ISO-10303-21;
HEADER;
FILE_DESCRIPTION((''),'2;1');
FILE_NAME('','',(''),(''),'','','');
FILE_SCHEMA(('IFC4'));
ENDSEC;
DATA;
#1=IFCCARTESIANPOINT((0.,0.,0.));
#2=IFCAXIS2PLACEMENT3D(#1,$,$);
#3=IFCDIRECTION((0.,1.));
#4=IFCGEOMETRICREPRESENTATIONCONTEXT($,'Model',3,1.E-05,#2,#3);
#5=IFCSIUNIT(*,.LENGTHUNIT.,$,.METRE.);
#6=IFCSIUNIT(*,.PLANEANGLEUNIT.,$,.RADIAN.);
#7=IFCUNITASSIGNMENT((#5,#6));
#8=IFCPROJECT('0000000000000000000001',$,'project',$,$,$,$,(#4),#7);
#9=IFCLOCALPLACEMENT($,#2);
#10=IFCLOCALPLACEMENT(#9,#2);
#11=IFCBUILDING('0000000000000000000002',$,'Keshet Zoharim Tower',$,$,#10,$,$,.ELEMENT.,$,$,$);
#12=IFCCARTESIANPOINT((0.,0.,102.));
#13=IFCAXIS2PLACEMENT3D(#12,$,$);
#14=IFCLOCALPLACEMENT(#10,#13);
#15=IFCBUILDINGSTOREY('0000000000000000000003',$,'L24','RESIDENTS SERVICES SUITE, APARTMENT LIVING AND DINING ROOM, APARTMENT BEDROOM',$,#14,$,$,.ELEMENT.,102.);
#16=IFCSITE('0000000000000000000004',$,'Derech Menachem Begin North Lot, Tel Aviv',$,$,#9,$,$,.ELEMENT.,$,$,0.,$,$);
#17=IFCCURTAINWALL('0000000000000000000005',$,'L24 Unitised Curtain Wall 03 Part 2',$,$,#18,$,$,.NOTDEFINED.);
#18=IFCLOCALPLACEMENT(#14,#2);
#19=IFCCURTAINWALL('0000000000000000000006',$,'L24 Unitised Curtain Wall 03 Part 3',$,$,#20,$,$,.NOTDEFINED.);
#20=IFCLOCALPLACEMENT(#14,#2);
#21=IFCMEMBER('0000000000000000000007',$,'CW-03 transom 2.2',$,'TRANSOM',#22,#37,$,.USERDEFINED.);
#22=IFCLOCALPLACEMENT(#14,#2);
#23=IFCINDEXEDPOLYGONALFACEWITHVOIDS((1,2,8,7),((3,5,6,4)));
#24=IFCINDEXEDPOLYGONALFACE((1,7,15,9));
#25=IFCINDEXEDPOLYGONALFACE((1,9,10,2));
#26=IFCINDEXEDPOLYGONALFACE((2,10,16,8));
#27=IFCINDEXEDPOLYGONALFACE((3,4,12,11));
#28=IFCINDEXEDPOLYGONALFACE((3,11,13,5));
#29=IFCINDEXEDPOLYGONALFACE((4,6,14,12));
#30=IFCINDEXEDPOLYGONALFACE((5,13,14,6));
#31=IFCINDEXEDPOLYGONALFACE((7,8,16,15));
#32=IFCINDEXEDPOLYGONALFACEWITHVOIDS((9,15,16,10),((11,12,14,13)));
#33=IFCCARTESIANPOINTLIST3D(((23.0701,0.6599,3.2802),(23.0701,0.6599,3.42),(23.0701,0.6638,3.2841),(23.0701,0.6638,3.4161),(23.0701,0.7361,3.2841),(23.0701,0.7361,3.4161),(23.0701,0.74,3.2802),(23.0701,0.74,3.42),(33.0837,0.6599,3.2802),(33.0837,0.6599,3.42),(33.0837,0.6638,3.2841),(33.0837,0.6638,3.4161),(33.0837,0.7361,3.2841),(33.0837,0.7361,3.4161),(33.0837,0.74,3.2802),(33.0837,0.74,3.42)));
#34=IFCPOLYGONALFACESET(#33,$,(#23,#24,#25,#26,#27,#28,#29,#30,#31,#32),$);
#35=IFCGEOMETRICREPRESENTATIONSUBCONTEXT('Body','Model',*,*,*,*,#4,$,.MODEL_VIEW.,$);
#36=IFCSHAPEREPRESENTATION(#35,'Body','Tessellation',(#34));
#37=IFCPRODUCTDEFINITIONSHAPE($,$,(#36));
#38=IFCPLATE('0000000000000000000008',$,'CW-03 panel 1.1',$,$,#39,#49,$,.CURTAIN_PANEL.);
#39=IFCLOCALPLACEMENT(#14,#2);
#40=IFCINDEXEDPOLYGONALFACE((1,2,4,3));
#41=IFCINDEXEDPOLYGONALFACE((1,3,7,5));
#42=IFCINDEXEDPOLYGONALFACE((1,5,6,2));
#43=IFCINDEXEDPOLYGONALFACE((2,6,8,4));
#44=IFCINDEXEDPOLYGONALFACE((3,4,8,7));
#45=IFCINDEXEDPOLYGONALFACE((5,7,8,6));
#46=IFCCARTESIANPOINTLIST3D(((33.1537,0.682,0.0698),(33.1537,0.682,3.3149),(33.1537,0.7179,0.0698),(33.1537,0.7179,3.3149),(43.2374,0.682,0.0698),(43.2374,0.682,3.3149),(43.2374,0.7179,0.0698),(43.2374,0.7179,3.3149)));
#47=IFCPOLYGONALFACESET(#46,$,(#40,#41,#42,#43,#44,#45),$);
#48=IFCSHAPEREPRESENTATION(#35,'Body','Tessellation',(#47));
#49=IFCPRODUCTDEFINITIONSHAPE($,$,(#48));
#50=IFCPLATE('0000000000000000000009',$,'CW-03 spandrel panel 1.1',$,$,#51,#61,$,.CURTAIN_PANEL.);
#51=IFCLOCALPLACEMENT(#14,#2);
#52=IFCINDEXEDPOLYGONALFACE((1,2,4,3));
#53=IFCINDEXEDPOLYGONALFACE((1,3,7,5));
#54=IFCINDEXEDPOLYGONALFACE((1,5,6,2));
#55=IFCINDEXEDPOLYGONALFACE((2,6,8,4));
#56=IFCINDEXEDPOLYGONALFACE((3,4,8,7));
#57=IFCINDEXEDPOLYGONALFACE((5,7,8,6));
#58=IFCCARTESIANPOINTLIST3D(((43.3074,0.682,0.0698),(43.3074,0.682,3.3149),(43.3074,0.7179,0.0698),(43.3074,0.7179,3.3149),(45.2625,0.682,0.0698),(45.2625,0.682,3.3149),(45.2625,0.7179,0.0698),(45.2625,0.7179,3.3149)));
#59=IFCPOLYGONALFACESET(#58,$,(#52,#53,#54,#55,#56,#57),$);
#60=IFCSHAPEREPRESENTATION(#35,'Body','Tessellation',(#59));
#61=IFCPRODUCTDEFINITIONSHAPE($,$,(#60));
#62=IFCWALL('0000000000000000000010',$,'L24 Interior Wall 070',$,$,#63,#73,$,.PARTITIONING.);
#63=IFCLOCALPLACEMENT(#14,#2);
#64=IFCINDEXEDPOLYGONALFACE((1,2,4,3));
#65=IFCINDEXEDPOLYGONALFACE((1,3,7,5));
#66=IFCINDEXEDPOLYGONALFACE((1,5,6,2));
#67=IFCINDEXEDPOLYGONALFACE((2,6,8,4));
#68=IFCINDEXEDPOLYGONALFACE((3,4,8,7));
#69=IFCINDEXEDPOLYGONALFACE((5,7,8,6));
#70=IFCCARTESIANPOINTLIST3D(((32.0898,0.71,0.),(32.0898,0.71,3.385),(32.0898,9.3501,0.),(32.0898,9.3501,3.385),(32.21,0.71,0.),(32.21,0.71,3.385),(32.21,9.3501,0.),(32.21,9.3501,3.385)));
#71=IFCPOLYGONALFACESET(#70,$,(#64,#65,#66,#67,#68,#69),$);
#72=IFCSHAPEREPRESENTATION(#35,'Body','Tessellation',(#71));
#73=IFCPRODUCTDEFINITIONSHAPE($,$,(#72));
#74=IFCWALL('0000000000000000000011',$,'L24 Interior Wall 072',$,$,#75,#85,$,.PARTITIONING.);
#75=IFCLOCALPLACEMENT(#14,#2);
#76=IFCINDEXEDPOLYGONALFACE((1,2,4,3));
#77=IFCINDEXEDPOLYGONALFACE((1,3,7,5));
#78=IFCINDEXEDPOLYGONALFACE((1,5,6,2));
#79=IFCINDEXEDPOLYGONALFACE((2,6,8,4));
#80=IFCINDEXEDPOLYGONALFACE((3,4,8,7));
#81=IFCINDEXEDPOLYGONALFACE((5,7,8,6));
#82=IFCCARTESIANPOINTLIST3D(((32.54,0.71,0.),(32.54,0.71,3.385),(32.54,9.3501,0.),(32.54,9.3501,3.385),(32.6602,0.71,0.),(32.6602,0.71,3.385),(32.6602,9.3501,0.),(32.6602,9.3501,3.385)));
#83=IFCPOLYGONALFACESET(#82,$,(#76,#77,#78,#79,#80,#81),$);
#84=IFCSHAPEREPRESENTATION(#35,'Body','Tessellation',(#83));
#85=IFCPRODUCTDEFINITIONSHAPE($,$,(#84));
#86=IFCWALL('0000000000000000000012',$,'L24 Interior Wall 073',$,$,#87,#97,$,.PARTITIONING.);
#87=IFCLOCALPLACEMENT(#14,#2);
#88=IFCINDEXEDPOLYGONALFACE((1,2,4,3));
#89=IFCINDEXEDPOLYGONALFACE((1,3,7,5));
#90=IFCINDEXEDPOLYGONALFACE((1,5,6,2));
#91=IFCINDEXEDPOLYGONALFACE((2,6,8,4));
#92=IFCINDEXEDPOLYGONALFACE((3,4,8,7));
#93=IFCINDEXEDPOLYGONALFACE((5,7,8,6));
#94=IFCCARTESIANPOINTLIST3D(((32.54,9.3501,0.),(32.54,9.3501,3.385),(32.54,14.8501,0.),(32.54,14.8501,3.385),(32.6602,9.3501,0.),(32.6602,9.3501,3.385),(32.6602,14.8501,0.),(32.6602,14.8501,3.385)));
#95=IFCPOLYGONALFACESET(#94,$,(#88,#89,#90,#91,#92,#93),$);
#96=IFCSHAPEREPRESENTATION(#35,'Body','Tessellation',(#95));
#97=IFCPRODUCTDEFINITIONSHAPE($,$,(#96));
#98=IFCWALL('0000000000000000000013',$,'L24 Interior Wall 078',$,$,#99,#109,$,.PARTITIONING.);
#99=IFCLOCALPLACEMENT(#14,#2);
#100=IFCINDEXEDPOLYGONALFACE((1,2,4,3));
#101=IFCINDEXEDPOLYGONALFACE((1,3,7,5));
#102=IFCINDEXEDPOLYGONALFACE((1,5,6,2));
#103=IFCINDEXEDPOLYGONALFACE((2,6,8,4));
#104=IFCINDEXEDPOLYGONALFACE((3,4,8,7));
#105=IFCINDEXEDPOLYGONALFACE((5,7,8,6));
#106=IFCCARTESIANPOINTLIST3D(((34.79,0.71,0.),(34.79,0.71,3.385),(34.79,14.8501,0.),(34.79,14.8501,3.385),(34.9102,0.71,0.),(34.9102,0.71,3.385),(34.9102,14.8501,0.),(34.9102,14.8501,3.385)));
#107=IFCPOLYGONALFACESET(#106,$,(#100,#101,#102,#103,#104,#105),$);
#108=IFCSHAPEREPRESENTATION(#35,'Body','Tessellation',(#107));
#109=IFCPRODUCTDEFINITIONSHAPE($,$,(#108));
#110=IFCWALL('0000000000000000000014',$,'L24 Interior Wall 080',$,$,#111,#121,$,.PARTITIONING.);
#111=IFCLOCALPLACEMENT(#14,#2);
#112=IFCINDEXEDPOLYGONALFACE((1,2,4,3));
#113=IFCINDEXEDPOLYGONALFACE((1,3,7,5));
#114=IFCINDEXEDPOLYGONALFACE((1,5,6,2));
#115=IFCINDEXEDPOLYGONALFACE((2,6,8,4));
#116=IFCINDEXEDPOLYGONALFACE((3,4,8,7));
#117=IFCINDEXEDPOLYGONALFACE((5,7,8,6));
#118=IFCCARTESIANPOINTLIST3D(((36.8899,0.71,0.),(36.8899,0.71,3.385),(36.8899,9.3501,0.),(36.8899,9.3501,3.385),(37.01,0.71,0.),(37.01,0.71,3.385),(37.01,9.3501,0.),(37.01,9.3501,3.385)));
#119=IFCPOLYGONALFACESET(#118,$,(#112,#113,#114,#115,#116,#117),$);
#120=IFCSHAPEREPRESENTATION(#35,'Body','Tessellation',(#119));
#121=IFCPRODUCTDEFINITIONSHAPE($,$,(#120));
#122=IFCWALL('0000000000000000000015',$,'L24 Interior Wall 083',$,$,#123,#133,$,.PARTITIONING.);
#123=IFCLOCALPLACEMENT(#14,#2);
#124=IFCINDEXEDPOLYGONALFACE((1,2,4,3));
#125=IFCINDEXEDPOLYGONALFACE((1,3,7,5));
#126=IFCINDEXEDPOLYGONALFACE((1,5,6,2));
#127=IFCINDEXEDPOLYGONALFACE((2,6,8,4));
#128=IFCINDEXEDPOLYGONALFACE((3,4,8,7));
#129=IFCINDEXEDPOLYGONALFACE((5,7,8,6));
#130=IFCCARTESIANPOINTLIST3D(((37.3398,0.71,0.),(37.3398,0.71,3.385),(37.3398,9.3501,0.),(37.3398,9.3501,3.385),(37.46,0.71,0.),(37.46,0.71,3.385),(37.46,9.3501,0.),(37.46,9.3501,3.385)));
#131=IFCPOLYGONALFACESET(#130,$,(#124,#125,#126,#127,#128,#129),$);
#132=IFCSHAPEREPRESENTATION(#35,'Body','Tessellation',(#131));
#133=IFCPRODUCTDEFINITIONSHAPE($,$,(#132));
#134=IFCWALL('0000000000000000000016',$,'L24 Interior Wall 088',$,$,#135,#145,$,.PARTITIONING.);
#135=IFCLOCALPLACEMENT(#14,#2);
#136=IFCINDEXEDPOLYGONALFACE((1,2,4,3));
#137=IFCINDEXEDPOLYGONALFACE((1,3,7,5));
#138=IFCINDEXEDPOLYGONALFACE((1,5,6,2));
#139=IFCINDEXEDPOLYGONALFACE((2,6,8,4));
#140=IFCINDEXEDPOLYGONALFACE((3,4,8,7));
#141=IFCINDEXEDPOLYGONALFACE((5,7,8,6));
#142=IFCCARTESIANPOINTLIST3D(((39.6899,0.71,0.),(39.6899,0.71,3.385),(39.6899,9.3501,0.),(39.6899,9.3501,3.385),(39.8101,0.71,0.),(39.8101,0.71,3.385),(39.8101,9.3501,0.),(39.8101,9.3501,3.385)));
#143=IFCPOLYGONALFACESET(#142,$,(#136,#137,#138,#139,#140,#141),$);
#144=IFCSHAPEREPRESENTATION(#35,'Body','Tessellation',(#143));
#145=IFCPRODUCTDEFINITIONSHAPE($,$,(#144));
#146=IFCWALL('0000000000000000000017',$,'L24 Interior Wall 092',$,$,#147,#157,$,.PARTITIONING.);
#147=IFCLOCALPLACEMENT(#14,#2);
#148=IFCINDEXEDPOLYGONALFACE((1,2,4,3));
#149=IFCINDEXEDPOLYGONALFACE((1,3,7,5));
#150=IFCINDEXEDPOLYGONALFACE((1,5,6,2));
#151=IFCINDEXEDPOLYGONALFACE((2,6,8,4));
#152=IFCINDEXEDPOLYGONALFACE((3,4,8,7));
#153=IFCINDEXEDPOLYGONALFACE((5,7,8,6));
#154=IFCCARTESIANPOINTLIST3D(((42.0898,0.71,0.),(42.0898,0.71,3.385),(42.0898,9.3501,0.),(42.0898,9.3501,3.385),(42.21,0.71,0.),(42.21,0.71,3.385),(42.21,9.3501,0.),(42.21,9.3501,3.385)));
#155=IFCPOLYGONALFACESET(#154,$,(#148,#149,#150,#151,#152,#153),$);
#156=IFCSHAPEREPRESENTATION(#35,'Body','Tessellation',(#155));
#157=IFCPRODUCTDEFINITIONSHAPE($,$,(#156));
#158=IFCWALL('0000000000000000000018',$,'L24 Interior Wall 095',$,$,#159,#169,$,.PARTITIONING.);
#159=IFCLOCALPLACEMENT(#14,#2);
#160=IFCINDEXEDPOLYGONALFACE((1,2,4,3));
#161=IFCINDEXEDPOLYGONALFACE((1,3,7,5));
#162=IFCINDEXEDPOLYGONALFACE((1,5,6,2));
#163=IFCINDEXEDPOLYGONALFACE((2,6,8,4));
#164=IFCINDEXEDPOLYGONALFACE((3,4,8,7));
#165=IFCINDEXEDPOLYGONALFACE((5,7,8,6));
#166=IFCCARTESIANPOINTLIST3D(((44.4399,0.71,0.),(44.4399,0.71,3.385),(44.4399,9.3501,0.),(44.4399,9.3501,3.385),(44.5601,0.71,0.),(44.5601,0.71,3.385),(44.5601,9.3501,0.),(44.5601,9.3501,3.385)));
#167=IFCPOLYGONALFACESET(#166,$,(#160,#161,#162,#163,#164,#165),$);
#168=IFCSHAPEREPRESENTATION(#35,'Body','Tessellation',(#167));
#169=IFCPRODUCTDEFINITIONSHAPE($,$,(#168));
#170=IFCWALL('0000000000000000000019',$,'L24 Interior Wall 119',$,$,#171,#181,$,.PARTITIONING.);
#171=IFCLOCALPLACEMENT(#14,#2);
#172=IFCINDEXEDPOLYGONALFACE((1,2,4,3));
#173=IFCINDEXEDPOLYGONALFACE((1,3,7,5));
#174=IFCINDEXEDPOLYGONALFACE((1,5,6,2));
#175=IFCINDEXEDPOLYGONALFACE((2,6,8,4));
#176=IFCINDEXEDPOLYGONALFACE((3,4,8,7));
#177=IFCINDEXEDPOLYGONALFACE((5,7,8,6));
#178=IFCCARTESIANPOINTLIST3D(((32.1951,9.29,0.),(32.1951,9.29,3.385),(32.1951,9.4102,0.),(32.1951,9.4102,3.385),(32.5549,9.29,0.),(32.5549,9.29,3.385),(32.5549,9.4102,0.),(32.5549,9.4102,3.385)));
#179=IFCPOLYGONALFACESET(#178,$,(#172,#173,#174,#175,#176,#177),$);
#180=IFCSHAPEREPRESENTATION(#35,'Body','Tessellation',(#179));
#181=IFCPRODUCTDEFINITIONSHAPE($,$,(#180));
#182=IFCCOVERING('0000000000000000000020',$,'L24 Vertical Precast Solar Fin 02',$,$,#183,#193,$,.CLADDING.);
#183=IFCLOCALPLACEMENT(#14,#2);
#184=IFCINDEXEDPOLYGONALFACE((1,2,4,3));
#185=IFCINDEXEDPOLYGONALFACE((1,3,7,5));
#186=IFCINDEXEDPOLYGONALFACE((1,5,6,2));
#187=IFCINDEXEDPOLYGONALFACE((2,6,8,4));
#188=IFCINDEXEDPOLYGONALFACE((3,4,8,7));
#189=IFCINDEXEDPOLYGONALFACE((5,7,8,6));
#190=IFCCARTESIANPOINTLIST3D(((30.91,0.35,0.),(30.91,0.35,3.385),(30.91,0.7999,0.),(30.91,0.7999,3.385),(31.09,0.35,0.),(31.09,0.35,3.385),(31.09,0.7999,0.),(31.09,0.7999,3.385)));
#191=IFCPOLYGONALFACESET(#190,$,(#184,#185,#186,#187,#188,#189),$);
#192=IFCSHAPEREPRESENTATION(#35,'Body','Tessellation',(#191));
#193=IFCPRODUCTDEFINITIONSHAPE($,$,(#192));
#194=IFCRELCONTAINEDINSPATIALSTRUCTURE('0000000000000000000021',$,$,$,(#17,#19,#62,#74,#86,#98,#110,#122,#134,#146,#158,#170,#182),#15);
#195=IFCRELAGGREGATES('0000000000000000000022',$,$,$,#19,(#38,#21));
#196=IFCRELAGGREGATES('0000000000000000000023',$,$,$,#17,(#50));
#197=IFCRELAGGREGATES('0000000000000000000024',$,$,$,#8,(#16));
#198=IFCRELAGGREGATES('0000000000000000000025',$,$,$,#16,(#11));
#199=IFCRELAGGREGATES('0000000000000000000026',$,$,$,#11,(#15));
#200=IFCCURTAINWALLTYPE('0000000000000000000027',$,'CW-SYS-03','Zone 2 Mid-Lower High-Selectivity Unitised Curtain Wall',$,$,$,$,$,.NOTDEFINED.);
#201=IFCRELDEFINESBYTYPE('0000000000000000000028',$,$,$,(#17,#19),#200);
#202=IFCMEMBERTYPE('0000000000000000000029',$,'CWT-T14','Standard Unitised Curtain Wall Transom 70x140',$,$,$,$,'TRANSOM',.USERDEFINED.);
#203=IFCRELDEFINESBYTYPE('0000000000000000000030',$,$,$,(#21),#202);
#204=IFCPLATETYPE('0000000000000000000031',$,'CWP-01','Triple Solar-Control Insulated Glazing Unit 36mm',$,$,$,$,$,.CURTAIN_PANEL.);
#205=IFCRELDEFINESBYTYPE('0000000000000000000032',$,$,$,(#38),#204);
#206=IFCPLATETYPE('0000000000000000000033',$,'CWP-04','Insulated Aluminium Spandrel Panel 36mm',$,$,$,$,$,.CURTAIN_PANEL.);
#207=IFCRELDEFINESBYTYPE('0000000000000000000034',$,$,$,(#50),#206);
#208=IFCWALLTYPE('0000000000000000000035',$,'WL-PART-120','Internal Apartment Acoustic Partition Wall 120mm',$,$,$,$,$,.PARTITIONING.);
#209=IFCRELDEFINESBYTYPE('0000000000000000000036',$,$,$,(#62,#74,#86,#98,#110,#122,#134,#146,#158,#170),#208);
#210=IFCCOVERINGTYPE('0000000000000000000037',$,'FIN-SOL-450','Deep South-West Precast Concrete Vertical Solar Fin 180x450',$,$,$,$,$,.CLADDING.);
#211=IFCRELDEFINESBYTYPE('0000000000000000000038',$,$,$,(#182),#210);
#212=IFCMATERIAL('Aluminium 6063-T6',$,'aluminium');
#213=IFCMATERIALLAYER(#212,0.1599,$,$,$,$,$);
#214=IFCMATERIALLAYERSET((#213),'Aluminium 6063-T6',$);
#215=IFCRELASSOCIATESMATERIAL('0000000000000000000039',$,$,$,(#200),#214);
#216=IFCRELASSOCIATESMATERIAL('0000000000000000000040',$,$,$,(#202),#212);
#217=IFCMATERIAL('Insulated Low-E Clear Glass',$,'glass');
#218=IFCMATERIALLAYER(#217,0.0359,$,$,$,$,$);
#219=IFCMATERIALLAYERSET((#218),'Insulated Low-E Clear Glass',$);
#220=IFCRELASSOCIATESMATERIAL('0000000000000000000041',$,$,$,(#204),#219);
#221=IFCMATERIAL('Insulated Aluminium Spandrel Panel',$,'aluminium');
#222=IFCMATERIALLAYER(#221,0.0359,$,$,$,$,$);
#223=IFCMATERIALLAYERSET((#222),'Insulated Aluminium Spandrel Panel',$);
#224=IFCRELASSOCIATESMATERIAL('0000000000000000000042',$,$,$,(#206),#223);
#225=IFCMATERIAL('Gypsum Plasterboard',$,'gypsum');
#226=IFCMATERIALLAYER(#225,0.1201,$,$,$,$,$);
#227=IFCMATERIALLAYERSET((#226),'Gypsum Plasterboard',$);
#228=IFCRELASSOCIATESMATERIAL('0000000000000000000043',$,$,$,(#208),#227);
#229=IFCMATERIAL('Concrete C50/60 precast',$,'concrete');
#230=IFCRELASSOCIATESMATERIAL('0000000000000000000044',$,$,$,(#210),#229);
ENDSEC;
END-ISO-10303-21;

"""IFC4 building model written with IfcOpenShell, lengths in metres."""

from ifc_helpers import new_model, si_unit, direction, frame, frame_2d, origin, origin_2d, place, context, subcontext, project, spatial, rectangle, hollow_rectangle, extrude, material, layer, layer_set, material_profile, profile_set, type_object, element, aggregate, save


model = new_model("IFC4")

# Units and contexts
model_context = context("Model", 3, precision=1e-05, world=origin(), true_north=direction((0.0, 1.0)))
body_context = subcontext(model_context, "Body", "Model", "MODEL_VIEW")
ifc_project = project(units=[si_unit("LENGTHUNIT", "METRE"), si_unit("PLANEANGLEUNIT", "RADIAN")], contexts=[model_context])

# Site, building, storey
site_placement = place(None, origin())
site = spatial("IfcSite", under=ifc_project, at=site_placement, Name="Derech Menachem Begin North Lot, Tel Aviv", CompositionType="ELEMENT", RefElevation=0.0)
building_placement = place(site_placement, origin())
building = spatial("IfcBuilding", under=site, at=building_placement, Name="Keshet Zoharim Tower", CompositionType="ELEMENT")
storey_placement = place(building_placement, frame((0.0, 0.0, 102.0)))
storey = spatial("IfcBuildingStorey", under=building, at=storey_placement, Name="L24", Description="RESIDENTS SERVICES SUITE, APARTMENT LIVING AND DINING ROOM, APARTMENT BEDROOM", CompositionType="ELEMENT", Elevation=102.0)

# Curtain wall
ifc_material_1 = material(Name="Aluminium 6063-T6", Category="aluminium")
ifc_layer_1 = layer(ifc_material_1, 0.1599)
ifc_layer_set_1 = layer_set([ifc_layer_1], Name="Aluminium 6063-T6")
curtain_wall_type = type_object("IfcCurtainWallType", Name="CW-SYS-03", Description="Zone 2 Mid-Lower High-Selectivity Unitised Curtain Wall", PredefinedType="NOTDEFINED", material=ifc_layer_set_1)
curtain_wall_1_placement = place(storey_placement, origin())
curtain_wall_1 = element("IfcCurtainWall", 1, at=curtain_wall_1_placement, inside=storey, type_object=curtain_wall_type, Name="L24 Unitised Curtain Wall 03 Part 2", PredefinedType="NOTDEFINED")

# Curtain wall, member, plate
curtain_wall_2_placement = place(storey_placement, origin())
curtain_wall_2 = element("IfcCurtainWall", 2, at=curtain_wall_2_placement, inside=storey, type_object=curtain_wall_type, Name="L24 Unitised Curtain Wall 03 Part 3", PredefinedType="NOTDEFINED")
ifc_material_profile_1 = material_profile(ifc_material_1, hollow_rectangle(XDim=0.0801, YDim=0.1399, WallThickness=0.0039, at=origin_2d()), Name="TRN-80x140")
ifc_profile_set_1 = profile_set([ifc_material_profile_1], Name="Aluminium 6063-T6")
member_type_1 = type_object("IfcMemberType", Name="CWT-T14", Description="Standard Unitised Curtain Wall Transom 70x140", ElementType="TRANSOM", PredefinedType="USERDEFINED", material=ifc_profile_set_1)
member_1_placement = place(storey_placement, frame((33.0837, 0.7, 3.3501), z_axis=(-1.0, 0.0, 0.0), x_axis=(0.0, -1.0, 0.0)))
member_1 = element("IfcMember", 3, at=member_1_placement, type_object=member_type_1, Name="CW-03 transom 2.2", ObjectType="TRANSOM", PredefinedType="USERDEFINED", context=body_context, shape_type="SweptSolid", body=[
    extrude(hollow_rectangle(XDim=0.0801, YDim=0.1399, WallThickness=0.0039, at=origin_2d()), origin(), (0.0, 0.0, 1.0), 10.0137),
])
ifc_material_2 = material(Name="Insulated Low-E Clear Glass", Category="glass")
ifc_layer_2 = layer(ifc_material_2, 0.0359)
ifc_layer_set_2 = layer_set([ifc_layer_2], Name="Insulated Low-E Clear Glass")
plate_type_1 = type_object("IfcPlateType", Name="CWP-01", Description="Triple Solar-Control Insulated Glazing Unit 36mm", PredefinedType="CURTAIN_PANEL", material=ifc_layer_set_2)
plate_1_placement = place(storey_placement, frame((38.1956, 0.7, 0.0698), z_axis=(0.0, 0.0, 1.0), x_axis=(-1.0, 0.0, 0.0)))
plate_1 = element("IfcPlate", 4, at=plate_1_placement, type_object=plate_type_1, Name="CW-03 panel 1.1", PredefinedType="CURTAIN_PANEL", context=body_context, shape_type="SweptSolid", body=[
    extrude(rectangle(XDim=10.0837, YDim=0.0359, at=origin_2d()), origin(), (0.0, 0.0, 1.0), 3.2451),
])
aggregate(curtain_wall_2, [plate_1, member_1])

# Plate
ifc_material_3 = material(Name="Insulated Aluminium Spandrel Panel", Category="aluminium")
ifc_layer_3 = layer(ifc_material_3, 0.0359)
ifc_layer_set_3 = layer_set([ifc_layer_3], Name="Insulated Aluminium Spandrel Panel")
plate_type_2 = type_object("IfcPlateType", Name="CWP-04", Description="Insulated Aluminium Spandrel Panel 36mm", PredefinedType="CURTAIN_PANEL", material=ifc_layer_set_3)
plate_2_placement = place(storey_placement, frame((44.2849, 0.7, 0.0698), z_axis=(0.0, 0.0, 1.0), x_axis=(-1.0, 0.0, 0.0)))
plate_2 = element("IfcPlate", 5, at=plate_2_placement, type_object=plate_type_2, Name="CW-03 spandrel panel 1.1", PredefinedType="CURTAIN_PANEL", context=body_context, shape_type="SweptSolid", body=[
    extrude(rectangle(XDim=1.9551, YDim=0.0359, at=origin_2d()), origin(), (0.0, 0.0, 1.0), 3.2451),
])
aggregate(curtain_wall_1, [plate_2])

# Walls
ifc_material_4 = material(Name="Gypsum Plasterboard", Category="gypsum")
ifc_layer_4 = layer(ifc_material_4, 0.1201)
ifc_layer_set_4 = layer_set([ifc_layer_4], Name="Gypsum Plasterboard")
wall_type = type_object("IfcWallType", Name="WL-PART-120", Description="Internal Apartment Acoustic Partition Wall 120mm", PredefinedType="PARTITIONING", material=ifc_layer_set_4)
for number, where, z_axis, x_axis, name in (
    (6, (32.1499, 0.71, 0.0), (0.0, 0.0, 1.0), (0.0, 1.0, 0.0), "L24 Interior Wall 070"),
    (7, (32.6001, 0.71, 0.0), (0.0, 0.0, 1.0), (0.0, 1.0, 0.0), "L24 Interior Wall 072"),
):
    element("IfcWall", number, at=place(storey_placement, frame(where, z_axis=z_axis, x_axis=x_axis)), inside=storey, type_object=wall_type, Name=name, PredefinedType="PARTITIONING", context=body_context, shape_type="SweptSolid", body=[
        extrude(rectangle(XDim=8.6401, YDim=0.1201, at=frame_2d((4.3201, 0.0))), origin(), (0.0, 0.0, 1.0), 3.385),
    ])
wall_1_placement = place(storey_placement, frame((32.6001, 9.3501, 0.0), z_axis=(0.0, 0.0, 1.0), x_axis=(0.0, 1.0, 0.0)))
element("IfcWall", 8, at=wall_1_placement, inside=storey, type_object=wall_type, Name="L24 Interior Wall 073", PredefinedType="PARTITIONING", context=body_context, shape_type="SweptSolid", body=[
    extrude(rectangle(XDim=5.5, YDim=0.1201, at=frame_2d((2.75, 0.0))), origin(), (0.0, 0.0, 1.0), 3.385),
])
wall_2_placement = place(storey_placement, frame((34.8501, 0.71, 0.0), z_axis=(0.0, 0.0, 1.0), x_axis=(0.0, 1.0, 0.0)))
element("IfcWall", 9, at=wall_2_placement, inside=storey, type_object=wall_type, Name="L24 Interior Wall 078", PredefinedType="PARTITIONING", context=body_context, shape_type="SweptSolid", body=[
    extrude(rectangle(XDim=14.1401, YDim=0.1201, at=frame_2d((7.0701, 0.0))), origin(), (0.0, 0.0, 1.0), 3.385),
])
for number, where, z_axis, x_axis, name in (
    (10, (36.95, 0.71, 0.0), (0.0, 0.0, 1.0), (0.0, 1.0, 0.0), "L24 Interior Wall 080"),
    (11, (37.3999, 0.71, 0.0), (0.0, 0.0, 1.0), (0.0, 1.0, 0.0), "L24 Interior Wall 083"),
    (12, (39.75, 0.71, 0.0), (0.0, 0.0, 1.0), (0.0, 1.0, 0.0), "L24 Interior Wall 088"),
    (13, (42.1499, 0.71, 0.0), (0.0, 0.0, 1.0), (0.0, 1.0, 0.0), "L24 Interior Wall 092"),
    (14, (44.5, 0.71, 0.0), (0.0, 0.0, 1.0), (0.0, 1.0, 0.0), "L24 Interior Wall 095"),
):
    element("IfcWall", number, at=place(storey_placement, frame(where, z_axis=z_axis, x_axis=x_axis)), inside=storey, type_object=wall_type, Name=name, PredefinedType="PARTITIONING", context=body_context, shape_type="SweptSolid", body=[
        extrude(rectangle(XDim=8.6401, YDim=0.1201, at=frame_2d((4.3201, 0.0))), origin(), (0.0, 0.0, 1.0), 3.385),
    ])
wall_3_placement = place(storey_placement, frame((32.1951, 9.3501, 0.0), z_axis=(0.0, 0.0, 1.0), x_axis=(1.0, 0.0, 0.0)))
element("IfcWall", 15, at=wall_3_placement, inside=storey, type_object=wall_type, Name="L24 Interior Wall 119", PredefinedType="PARTITIONING", context=body_context, shape_type="SweptSolid", body=[
    extrude(rectangle(XDim=0.3599, YDim=0.1201, at=frame_2d((0.1799, 0.0))), origin(), (0.0, 0.0, 1.0), 3.385),
])

# Covering
ifc_material_5 = material(Name="Concrete C50/60 precast", Category="concrete")
covering_type = type_object("IfcCoveringType", Name="FIN-SOL-450", Description="Deep South-West Precast Concrete Vertical Solar Fin 180x450", PredefinedType="CLADDING", material=ifc_material_5)
covering_placement = place(storey_placement, frame((31.0, 0.575, 0.0), z_axis=(0.0, 0.0, 1.0), x_axis=(-1.0, 0.0, 0.0)))
element("IfcCovering", 16, at=covering_placement, inside=storey, type_object=covering_type, Name="L24 Vertical Precast Solar Fin 02", PredefinedType="CLADDING", context=body_context, shape_type="SweptSolid", body=[
    extrude(rectangle(XDim=0.1799, YDim=0.45, at=origin_2d()), origin(), (0.0, 0.0, 1.0), 3.385),
])

save(model, "model.ifc")
